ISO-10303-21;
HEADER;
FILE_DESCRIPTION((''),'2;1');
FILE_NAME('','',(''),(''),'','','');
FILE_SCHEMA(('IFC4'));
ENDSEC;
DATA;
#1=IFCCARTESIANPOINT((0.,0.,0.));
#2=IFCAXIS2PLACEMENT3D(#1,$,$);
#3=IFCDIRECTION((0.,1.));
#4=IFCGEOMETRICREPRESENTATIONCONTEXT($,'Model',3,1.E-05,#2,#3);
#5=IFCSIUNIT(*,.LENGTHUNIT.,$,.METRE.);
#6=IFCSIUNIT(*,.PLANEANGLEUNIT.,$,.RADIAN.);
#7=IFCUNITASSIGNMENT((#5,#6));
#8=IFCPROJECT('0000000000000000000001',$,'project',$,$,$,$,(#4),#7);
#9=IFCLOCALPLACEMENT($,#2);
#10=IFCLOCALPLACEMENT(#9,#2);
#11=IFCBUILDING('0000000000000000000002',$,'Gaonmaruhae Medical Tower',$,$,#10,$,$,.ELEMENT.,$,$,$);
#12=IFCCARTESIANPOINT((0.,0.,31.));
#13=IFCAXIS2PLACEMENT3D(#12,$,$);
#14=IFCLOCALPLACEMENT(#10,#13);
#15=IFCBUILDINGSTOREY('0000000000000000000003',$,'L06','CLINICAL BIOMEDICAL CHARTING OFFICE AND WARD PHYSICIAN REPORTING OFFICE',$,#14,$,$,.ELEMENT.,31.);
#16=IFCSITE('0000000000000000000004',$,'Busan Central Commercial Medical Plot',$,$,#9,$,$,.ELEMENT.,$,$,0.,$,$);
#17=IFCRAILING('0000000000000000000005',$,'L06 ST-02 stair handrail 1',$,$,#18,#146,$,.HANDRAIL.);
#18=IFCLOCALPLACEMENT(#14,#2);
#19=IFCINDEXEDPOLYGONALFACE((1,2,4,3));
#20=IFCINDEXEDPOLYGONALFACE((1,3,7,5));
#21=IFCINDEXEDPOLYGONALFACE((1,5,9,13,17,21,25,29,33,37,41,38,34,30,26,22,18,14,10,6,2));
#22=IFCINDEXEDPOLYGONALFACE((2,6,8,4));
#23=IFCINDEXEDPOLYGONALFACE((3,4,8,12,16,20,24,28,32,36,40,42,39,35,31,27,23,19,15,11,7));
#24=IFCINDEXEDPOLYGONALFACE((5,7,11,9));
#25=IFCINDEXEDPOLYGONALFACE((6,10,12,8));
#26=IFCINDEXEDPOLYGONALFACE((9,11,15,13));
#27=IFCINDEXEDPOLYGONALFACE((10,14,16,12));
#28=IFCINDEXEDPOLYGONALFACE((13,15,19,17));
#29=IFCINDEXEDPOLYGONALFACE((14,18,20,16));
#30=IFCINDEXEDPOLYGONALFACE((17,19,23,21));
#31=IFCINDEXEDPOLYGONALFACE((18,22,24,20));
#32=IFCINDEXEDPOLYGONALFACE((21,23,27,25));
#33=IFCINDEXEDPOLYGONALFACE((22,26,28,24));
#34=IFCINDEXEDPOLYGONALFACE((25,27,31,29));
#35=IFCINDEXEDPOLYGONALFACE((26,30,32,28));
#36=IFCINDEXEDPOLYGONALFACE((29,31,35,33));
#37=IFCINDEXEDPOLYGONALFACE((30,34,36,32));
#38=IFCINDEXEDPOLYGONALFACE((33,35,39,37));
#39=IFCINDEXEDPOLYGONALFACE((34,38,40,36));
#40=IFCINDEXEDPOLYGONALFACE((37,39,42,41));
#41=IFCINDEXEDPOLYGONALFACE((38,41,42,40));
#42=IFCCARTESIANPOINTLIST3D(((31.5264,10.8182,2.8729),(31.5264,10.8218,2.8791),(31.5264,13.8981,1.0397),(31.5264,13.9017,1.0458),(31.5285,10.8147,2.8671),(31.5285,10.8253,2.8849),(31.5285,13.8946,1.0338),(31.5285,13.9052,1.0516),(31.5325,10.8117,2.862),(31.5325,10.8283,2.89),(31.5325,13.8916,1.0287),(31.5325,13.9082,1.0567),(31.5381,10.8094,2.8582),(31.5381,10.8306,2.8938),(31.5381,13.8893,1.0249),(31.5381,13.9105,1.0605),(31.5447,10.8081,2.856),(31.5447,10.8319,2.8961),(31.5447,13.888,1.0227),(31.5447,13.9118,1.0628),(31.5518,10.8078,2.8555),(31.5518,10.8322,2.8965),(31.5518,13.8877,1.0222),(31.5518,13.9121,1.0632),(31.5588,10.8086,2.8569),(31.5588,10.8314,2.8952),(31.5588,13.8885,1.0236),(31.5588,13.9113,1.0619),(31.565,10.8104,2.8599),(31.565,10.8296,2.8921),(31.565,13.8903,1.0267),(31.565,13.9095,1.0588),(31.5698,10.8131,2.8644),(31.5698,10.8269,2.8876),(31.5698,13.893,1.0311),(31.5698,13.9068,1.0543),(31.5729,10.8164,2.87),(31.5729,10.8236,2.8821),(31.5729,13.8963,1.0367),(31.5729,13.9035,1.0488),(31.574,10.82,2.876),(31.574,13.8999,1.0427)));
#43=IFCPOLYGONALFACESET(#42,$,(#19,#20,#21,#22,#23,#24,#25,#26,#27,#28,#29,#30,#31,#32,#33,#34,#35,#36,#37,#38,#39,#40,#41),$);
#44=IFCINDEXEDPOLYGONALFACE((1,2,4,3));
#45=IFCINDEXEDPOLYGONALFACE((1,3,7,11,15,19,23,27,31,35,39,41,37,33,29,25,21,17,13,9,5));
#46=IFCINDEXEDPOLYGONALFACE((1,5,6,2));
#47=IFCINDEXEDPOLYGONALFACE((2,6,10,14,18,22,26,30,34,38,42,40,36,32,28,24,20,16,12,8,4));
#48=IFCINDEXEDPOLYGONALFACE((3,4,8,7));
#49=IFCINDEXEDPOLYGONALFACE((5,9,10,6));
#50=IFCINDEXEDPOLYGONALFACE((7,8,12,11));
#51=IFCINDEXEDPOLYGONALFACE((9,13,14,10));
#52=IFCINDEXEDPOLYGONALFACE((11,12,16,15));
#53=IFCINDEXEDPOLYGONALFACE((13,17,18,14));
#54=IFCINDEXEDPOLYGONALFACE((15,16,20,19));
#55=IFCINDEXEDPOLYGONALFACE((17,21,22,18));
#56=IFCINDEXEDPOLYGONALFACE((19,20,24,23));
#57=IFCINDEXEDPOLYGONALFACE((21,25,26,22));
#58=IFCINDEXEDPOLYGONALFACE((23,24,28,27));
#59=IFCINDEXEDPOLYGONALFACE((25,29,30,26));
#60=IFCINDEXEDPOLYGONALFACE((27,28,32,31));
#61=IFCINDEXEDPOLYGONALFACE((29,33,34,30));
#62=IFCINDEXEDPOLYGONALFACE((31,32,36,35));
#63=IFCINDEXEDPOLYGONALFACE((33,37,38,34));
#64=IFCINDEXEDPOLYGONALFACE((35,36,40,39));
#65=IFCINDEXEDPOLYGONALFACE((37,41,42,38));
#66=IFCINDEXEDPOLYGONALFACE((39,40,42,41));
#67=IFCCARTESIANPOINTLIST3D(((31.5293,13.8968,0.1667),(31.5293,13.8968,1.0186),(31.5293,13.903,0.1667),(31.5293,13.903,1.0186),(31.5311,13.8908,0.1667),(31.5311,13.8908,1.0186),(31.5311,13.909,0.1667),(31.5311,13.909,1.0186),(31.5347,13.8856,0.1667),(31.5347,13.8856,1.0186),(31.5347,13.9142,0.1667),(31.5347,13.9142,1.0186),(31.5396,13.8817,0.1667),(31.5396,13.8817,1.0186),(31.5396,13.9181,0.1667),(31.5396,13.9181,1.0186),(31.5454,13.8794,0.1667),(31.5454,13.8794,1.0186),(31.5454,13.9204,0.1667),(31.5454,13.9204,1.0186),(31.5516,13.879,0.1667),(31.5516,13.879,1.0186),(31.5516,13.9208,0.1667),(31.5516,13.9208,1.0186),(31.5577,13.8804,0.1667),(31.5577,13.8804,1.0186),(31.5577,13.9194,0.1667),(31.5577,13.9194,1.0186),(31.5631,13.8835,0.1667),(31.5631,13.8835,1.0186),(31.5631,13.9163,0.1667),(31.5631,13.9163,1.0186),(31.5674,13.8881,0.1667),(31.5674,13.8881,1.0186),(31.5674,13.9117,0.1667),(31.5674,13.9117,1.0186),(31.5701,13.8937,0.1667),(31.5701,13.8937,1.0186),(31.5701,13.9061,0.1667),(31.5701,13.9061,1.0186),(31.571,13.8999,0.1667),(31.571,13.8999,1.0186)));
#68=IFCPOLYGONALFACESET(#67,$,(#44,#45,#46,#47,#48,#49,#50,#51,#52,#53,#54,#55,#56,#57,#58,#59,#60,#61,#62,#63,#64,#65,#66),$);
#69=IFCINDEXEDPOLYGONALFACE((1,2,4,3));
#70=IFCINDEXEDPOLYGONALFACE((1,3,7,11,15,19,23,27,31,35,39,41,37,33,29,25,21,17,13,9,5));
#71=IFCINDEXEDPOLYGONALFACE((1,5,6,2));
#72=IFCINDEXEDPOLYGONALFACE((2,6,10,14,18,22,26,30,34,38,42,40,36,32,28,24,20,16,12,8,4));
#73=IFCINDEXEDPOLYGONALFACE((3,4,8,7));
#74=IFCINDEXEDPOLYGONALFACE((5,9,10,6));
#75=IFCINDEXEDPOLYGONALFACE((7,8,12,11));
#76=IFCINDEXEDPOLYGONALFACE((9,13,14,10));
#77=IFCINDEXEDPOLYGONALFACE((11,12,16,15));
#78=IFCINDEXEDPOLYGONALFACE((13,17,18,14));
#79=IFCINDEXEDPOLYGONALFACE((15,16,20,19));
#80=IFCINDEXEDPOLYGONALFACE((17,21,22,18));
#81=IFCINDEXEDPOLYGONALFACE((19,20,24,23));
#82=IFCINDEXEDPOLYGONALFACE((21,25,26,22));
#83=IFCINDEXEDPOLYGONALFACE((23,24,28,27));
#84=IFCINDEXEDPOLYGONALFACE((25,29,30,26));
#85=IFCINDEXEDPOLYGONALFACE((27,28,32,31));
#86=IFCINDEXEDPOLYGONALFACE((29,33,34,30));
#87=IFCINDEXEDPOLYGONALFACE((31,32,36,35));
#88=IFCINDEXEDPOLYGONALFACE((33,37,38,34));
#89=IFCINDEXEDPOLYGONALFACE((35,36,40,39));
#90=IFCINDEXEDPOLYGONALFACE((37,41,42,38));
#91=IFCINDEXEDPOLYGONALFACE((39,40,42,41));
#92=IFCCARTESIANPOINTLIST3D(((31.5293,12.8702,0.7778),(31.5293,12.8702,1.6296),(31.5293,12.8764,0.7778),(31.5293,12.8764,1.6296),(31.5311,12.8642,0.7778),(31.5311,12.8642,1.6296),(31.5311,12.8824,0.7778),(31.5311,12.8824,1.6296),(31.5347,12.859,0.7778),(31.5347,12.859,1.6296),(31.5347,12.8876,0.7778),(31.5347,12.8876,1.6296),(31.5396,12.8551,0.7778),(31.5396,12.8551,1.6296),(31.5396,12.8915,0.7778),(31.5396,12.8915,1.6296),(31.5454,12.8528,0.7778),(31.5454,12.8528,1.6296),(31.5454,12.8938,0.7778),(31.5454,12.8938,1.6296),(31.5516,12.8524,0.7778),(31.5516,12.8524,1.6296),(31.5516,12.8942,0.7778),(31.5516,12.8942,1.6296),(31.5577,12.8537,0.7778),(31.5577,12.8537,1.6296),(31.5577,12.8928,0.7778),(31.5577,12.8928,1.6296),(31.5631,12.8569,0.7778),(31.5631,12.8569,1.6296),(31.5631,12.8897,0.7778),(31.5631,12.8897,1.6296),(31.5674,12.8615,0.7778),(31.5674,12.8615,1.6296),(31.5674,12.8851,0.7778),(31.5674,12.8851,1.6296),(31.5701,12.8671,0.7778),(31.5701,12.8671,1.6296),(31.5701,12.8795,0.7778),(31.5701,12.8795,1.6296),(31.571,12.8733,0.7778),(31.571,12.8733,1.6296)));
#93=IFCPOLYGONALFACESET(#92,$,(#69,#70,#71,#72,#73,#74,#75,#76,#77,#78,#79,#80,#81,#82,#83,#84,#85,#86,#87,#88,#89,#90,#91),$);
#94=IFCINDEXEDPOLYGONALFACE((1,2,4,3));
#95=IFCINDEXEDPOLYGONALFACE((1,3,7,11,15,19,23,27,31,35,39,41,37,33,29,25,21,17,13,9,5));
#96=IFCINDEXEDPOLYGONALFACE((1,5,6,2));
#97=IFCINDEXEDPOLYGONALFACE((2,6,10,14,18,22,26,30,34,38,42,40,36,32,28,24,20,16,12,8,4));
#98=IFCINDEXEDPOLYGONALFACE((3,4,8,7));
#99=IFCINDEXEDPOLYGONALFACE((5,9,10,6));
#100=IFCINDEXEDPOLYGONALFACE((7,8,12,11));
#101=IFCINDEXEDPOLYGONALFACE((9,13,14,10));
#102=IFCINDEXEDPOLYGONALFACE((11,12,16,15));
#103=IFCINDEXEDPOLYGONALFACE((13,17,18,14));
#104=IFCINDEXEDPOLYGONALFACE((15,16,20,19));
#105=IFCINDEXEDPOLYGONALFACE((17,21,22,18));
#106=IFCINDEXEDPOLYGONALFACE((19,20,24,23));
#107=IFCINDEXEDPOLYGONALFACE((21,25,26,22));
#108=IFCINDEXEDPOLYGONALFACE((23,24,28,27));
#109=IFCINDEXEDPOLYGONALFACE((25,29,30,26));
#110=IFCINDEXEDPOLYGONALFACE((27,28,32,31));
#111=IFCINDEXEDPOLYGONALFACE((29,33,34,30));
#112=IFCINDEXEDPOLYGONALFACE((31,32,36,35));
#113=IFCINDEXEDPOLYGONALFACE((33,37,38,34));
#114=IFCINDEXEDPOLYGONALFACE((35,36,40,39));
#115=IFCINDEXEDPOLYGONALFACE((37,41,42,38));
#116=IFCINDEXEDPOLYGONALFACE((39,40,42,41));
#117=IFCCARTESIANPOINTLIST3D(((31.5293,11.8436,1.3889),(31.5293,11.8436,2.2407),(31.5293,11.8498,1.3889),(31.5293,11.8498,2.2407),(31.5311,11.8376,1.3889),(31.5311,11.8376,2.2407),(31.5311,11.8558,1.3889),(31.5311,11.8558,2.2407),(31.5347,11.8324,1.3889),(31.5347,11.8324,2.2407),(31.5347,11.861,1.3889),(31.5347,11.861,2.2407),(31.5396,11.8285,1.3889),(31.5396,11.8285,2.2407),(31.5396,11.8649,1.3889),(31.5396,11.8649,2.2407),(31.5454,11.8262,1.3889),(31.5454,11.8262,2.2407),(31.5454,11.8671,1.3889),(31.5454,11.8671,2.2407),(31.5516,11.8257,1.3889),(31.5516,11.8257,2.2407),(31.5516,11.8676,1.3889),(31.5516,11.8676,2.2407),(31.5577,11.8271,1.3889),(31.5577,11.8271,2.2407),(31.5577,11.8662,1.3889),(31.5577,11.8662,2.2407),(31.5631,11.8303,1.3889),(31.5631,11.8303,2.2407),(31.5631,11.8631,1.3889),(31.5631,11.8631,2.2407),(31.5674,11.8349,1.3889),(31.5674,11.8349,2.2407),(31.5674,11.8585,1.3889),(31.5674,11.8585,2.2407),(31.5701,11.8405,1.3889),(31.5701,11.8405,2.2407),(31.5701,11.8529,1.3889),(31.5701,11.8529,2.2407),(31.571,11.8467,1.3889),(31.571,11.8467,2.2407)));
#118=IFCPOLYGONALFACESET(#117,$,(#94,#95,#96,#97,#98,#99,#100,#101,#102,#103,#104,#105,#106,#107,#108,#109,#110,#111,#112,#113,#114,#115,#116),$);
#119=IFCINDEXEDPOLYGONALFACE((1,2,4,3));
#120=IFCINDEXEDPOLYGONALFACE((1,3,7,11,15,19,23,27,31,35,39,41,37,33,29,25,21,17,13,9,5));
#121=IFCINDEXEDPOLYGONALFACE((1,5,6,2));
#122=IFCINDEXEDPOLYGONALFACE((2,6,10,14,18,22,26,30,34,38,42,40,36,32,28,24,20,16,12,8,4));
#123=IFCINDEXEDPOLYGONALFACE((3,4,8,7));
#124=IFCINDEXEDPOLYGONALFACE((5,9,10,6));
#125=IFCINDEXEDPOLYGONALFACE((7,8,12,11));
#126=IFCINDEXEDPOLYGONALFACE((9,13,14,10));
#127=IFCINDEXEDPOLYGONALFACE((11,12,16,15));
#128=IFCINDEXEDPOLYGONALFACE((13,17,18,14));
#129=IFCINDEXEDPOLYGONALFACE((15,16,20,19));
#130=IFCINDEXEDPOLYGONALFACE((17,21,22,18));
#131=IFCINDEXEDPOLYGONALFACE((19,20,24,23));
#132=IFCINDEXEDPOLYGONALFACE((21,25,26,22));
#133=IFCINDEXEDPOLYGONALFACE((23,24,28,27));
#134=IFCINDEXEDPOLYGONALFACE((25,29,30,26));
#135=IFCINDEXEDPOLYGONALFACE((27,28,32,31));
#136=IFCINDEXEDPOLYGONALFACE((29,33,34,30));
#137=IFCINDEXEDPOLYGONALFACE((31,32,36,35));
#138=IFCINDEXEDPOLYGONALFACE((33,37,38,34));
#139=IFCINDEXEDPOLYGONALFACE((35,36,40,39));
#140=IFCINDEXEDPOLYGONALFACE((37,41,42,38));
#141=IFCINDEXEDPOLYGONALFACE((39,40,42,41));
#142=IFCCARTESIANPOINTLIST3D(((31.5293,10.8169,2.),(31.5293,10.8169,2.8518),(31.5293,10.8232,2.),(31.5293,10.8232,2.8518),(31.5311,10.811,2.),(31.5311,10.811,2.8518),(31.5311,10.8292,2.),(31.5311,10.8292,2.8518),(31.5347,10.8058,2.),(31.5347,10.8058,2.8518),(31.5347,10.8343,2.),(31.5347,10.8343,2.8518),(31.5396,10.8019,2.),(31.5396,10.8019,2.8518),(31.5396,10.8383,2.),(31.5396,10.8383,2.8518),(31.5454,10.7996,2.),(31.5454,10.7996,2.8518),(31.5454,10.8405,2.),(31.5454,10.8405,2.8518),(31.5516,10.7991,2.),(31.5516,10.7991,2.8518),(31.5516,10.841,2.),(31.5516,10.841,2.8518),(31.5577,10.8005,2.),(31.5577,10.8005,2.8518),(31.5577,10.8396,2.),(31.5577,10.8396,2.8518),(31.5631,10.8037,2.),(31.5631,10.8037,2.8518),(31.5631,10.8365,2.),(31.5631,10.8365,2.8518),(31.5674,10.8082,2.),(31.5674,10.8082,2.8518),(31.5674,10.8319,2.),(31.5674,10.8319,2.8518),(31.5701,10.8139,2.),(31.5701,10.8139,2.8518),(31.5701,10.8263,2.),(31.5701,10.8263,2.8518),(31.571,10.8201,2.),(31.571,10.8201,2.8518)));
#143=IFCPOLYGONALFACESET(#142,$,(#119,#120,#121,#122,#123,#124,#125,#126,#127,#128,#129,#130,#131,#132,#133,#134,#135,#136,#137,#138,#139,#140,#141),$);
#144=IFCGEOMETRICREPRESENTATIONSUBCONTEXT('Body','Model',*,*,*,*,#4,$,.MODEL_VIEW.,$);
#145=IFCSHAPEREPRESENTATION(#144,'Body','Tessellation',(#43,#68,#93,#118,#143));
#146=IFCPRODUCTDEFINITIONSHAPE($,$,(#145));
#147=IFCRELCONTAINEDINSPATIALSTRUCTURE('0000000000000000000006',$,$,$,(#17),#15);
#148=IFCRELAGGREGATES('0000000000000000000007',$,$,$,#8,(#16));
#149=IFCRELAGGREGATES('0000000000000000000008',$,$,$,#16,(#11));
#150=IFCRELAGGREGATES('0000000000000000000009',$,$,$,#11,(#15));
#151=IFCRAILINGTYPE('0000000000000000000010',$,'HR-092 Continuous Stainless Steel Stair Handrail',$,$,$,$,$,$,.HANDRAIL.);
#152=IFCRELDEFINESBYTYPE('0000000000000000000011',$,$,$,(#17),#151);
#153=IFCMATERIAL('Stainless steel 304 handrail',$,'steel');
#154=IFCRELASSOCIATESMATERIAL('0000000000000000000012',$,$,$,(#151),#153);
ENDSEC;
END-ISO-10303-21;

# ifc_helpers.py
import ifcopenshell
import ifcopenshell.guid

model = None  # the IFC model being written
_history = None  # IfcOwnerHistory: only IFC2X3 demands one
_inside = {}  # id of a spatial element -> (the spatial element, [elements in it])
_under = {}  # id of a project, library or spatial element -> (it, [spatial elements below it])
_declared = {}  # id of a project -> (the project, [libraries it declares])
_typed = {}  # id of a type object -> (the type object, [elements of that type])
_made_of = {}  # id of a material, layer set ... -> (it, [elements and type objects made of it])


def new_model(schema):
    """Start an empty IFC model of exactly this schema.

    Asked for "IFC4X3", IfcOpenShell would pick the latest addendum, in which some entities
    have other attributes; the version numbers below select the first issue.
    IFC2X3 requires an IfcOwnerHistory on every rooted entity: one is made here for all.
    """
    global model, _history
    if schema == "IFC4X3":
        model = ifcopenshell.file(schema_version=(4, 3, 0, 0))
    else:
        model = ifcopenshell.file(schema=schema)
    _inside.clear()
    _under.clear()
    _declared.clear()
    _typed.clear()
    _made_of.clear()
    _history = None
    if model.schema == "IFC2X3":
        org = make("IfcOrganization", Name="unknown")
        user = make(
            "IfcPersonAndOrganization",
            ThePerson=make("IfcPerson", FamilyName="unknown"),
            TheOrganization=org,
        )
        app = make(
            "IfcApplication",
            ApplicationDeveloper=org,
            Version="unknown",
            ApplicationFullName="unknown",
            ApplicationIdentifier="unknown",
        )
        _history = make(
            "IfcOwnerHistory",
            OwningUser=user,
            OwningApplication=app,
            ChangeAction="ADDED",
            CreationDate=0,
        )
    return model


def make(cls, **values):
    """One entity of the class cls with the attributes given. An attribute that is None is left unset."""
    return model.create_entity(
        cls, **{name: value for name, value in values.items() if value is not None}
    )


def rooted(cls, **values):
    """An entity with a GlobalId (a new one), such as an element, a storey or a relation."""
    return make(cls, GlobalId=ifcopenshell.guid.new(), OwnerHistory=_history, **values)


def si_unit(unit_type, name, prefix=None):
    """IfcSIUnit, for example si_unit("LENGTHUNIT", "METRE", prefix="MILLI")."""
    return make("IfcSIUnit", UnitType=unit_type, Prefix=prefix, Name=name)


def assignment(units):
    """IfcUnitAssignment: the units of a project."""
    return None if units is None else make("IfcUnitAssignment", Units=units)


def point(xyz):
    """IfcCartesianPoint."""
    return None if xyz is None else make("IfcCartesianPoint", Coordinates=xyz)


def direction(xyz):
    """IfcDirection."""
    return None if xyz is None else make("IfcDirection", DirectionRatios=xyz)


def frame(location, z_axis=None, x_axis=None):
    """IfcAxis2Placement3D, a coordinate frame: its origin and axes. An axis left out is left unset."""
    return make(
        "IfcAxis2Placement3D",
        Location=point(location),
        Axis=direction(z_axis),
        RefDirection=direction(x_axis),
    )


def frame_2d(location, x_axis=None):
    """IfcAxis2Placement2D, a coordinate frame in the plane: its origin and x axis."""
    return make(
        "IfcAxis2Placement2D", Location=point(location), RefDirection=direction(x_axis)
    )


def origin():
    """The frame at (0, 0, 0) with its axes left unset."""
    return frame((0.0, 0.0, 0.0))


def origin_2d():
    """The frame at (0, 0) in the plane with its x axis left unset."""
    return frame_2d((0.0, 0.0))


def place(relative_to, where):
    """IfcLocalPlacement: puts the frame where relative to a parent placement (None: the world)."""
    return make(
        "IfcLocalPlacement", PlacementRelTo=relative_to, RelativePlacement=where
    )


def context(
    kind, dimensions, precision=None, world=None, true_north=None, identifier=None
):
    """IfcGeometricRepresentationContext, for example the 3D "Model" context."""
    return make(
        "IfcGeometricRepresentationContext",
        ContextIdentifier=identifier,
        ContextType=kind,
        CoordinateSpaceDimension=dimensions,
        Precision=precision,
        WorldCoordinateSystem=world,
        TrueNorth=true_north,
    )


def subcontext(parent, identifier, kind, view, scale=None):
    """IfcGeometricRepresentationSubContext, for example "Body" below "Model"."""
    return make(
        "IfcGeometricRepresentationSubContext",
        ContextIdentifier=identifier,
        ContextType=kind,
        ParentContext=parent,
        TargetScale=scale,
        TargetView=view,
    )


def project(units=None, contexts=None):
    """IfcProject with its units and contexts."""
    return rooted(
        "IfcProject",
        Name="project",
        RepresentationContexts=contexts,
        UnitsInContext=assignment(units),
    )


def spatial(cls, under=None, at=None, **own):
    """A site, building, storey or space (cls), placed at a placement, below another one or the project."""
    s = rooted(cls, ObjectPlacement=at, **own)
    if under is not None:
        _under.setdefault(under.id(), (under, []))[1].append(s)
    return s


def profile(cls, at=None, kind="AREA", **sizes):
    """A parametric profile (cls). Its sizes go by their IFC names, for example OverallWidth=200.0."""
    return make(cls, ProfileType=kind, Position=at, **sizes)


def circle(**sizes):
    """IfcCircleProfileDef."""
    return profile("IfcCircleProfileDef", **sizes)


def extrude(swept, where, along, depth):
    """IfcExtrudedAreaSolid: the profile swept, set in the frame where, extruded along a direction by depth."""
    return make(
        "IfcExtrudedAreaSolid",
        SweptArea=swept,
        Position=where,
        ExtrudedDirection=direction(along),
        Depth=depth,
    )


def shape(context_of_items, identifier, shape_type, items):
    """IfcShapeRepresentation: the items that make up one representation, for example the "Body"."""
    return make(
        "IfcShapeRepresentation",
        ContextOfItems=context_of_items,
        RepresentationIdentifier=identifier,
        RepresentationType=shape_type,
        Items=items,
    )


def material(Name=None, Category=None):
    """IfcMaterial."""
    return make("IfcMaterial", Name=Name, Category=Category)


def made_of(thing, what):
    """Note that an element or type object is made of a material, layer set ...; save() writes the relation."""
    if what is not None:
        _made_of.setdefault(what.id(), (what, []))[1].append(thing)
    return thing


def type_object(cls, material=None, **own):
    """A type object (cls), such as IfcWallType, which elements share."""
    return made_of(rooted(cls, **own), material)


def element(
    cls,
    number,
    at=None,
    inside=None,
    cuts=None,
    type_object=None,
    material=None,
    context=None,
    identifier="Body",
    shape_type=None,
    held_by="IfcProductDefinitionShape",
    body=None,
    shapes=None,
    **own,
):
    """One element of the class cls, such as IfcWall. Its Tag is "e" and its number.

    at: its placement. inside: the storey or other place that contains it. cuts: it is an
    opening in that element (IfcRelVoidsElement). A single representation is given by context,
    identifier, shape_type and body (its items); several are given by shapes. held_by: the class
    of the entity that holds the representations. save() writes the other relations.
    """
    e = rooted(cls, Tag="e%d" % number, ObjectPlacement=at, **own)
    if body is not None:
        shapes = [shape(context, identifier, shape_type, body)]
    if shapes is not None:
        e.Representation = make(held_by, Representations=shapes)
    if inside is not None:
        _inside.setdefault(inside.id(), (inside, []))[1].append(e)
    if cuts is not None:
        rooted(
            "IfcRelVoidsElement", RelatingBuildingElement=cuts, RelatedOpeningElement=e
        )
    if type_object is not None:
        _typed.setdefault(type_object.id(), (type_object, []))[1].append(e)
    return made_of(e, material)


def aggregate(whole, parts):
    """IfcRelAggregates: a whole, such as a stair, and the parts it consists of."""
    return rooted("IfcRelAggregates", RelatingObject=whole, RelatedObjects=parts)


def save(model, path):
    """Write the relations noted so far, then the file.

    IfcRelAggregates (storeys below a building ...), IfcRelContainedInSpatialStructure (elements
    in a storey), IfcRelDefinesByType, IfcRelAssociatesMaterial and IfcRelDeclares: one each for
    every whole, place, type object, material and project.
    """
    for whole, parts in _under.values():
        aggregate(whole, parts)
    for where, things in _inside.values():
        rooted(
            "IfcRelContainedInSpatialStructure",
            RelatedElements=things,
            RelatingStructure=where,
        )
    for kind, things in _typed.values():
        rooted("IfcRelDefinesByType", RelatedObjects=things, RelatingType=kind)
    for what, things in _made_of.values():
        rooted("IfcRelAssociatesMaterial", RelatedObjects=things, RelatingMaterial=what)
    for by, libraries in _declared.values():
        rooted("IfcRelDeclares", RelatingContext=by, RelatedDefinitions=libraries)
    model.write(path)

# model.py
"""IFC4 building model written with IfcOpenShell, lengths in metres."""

from ifc_helpers import new_model, si_unit, direction, frame, origin, origin_2d, place, context, subcontext, project, spatial, circle, extrude, material, type_object, element, save


model = new_model("IFC4")

# Units and contexts
model_context = context("Model", 3, precision=1e-05, world=origin(), true_north=direction((0.0, 1.0)))
body_context = subcontext(model_context, "Body", "Model", "MODEL_VIEW")
ifc_project = project(units=[si_unit("LENGTHUNIT", "METRE"), si_unit("PLANEANGLEUNIT", "RADIAN")], contexts=[model_context])

# Site, building, storey
site_placement = place(None, origin())
site = spatial("IfcSite", under=ifc_project, at=site_placement, Name="Busan Central Commercial Medical Plot", CompositionType="ELEMENT", RefElevation=0.0)
building_placement = place(site_placement, origin())
building = spatial("IfcBuilding", under=site, at=building_placement, Name="Gaonmaruhae Medical Tower", CompositionType="ELEMENT")
storey_placement = place(building_placement, frame((0.0, 0.0, 31.0)))
storey = spatial("IfcBuildingStorey", under=building, at=storey_placement, Name="L06", Description="CLINICAL BIOMEDICAL CHARTING OFFICE AND WARD PHYSICIAN REPORTING OFFICE", CompositionType="ELEMENT", Elevation=31.0)

# Railing
ifc_material_1 = material(Name="Stainless steel 304 handrail", Category="steel")
railing_type_1 = type_object("IfcRailingType", Name="HR-092 Continuous Stainless Steel Stair Handrail", PredefinedType="HANDRAIL", material=ifc_material_1)
railing_1_placement = place(storey_placement, frame((31.55, 13.8999, 0.1667)))
element("IfcRailing", 1, at=railing_1_placement, inside=storey, type_object=railing_type_1, Name="L06 ST-02 stair handrail 1", PredefinedType="HANDRAIL", context=body_context, shape_type="SweptSolid", body=[
    extrude(circle(Radius=0.0239, at=origin_2d()), frame((0.0, 0.0, 0.876), z_axis=(0.0, -0.859291, 0.511487), x_axis=(1.0, 0.0, 0.0)), (0.0, 0.0, 1.0), 3.5842),
    extrude(circle(Radius=0.021, at=origin_2d()), origin(), (0.0, 0.0, 1.0), 0.8518),
    extrude(circle(Radius=0.021, at=origin_2d()), frame((0.0, -1.0266, 0.6111)), (0.0, 0.0, 1.0), 0.8518),
    extrude(circle(Radius=0.021, at=origin_2d()), frame((0.0, -2.0532, 1.2222)), (0.0, 0.0, 1.0), 0.8518),
    extrude(circle(Radius=0.021, at=origin_2d()), frame((0.0, -3.0798, 1.8333)), (0.0, 0.0, 1.0), 0.8518),
])

save(model, "model.ifc")
